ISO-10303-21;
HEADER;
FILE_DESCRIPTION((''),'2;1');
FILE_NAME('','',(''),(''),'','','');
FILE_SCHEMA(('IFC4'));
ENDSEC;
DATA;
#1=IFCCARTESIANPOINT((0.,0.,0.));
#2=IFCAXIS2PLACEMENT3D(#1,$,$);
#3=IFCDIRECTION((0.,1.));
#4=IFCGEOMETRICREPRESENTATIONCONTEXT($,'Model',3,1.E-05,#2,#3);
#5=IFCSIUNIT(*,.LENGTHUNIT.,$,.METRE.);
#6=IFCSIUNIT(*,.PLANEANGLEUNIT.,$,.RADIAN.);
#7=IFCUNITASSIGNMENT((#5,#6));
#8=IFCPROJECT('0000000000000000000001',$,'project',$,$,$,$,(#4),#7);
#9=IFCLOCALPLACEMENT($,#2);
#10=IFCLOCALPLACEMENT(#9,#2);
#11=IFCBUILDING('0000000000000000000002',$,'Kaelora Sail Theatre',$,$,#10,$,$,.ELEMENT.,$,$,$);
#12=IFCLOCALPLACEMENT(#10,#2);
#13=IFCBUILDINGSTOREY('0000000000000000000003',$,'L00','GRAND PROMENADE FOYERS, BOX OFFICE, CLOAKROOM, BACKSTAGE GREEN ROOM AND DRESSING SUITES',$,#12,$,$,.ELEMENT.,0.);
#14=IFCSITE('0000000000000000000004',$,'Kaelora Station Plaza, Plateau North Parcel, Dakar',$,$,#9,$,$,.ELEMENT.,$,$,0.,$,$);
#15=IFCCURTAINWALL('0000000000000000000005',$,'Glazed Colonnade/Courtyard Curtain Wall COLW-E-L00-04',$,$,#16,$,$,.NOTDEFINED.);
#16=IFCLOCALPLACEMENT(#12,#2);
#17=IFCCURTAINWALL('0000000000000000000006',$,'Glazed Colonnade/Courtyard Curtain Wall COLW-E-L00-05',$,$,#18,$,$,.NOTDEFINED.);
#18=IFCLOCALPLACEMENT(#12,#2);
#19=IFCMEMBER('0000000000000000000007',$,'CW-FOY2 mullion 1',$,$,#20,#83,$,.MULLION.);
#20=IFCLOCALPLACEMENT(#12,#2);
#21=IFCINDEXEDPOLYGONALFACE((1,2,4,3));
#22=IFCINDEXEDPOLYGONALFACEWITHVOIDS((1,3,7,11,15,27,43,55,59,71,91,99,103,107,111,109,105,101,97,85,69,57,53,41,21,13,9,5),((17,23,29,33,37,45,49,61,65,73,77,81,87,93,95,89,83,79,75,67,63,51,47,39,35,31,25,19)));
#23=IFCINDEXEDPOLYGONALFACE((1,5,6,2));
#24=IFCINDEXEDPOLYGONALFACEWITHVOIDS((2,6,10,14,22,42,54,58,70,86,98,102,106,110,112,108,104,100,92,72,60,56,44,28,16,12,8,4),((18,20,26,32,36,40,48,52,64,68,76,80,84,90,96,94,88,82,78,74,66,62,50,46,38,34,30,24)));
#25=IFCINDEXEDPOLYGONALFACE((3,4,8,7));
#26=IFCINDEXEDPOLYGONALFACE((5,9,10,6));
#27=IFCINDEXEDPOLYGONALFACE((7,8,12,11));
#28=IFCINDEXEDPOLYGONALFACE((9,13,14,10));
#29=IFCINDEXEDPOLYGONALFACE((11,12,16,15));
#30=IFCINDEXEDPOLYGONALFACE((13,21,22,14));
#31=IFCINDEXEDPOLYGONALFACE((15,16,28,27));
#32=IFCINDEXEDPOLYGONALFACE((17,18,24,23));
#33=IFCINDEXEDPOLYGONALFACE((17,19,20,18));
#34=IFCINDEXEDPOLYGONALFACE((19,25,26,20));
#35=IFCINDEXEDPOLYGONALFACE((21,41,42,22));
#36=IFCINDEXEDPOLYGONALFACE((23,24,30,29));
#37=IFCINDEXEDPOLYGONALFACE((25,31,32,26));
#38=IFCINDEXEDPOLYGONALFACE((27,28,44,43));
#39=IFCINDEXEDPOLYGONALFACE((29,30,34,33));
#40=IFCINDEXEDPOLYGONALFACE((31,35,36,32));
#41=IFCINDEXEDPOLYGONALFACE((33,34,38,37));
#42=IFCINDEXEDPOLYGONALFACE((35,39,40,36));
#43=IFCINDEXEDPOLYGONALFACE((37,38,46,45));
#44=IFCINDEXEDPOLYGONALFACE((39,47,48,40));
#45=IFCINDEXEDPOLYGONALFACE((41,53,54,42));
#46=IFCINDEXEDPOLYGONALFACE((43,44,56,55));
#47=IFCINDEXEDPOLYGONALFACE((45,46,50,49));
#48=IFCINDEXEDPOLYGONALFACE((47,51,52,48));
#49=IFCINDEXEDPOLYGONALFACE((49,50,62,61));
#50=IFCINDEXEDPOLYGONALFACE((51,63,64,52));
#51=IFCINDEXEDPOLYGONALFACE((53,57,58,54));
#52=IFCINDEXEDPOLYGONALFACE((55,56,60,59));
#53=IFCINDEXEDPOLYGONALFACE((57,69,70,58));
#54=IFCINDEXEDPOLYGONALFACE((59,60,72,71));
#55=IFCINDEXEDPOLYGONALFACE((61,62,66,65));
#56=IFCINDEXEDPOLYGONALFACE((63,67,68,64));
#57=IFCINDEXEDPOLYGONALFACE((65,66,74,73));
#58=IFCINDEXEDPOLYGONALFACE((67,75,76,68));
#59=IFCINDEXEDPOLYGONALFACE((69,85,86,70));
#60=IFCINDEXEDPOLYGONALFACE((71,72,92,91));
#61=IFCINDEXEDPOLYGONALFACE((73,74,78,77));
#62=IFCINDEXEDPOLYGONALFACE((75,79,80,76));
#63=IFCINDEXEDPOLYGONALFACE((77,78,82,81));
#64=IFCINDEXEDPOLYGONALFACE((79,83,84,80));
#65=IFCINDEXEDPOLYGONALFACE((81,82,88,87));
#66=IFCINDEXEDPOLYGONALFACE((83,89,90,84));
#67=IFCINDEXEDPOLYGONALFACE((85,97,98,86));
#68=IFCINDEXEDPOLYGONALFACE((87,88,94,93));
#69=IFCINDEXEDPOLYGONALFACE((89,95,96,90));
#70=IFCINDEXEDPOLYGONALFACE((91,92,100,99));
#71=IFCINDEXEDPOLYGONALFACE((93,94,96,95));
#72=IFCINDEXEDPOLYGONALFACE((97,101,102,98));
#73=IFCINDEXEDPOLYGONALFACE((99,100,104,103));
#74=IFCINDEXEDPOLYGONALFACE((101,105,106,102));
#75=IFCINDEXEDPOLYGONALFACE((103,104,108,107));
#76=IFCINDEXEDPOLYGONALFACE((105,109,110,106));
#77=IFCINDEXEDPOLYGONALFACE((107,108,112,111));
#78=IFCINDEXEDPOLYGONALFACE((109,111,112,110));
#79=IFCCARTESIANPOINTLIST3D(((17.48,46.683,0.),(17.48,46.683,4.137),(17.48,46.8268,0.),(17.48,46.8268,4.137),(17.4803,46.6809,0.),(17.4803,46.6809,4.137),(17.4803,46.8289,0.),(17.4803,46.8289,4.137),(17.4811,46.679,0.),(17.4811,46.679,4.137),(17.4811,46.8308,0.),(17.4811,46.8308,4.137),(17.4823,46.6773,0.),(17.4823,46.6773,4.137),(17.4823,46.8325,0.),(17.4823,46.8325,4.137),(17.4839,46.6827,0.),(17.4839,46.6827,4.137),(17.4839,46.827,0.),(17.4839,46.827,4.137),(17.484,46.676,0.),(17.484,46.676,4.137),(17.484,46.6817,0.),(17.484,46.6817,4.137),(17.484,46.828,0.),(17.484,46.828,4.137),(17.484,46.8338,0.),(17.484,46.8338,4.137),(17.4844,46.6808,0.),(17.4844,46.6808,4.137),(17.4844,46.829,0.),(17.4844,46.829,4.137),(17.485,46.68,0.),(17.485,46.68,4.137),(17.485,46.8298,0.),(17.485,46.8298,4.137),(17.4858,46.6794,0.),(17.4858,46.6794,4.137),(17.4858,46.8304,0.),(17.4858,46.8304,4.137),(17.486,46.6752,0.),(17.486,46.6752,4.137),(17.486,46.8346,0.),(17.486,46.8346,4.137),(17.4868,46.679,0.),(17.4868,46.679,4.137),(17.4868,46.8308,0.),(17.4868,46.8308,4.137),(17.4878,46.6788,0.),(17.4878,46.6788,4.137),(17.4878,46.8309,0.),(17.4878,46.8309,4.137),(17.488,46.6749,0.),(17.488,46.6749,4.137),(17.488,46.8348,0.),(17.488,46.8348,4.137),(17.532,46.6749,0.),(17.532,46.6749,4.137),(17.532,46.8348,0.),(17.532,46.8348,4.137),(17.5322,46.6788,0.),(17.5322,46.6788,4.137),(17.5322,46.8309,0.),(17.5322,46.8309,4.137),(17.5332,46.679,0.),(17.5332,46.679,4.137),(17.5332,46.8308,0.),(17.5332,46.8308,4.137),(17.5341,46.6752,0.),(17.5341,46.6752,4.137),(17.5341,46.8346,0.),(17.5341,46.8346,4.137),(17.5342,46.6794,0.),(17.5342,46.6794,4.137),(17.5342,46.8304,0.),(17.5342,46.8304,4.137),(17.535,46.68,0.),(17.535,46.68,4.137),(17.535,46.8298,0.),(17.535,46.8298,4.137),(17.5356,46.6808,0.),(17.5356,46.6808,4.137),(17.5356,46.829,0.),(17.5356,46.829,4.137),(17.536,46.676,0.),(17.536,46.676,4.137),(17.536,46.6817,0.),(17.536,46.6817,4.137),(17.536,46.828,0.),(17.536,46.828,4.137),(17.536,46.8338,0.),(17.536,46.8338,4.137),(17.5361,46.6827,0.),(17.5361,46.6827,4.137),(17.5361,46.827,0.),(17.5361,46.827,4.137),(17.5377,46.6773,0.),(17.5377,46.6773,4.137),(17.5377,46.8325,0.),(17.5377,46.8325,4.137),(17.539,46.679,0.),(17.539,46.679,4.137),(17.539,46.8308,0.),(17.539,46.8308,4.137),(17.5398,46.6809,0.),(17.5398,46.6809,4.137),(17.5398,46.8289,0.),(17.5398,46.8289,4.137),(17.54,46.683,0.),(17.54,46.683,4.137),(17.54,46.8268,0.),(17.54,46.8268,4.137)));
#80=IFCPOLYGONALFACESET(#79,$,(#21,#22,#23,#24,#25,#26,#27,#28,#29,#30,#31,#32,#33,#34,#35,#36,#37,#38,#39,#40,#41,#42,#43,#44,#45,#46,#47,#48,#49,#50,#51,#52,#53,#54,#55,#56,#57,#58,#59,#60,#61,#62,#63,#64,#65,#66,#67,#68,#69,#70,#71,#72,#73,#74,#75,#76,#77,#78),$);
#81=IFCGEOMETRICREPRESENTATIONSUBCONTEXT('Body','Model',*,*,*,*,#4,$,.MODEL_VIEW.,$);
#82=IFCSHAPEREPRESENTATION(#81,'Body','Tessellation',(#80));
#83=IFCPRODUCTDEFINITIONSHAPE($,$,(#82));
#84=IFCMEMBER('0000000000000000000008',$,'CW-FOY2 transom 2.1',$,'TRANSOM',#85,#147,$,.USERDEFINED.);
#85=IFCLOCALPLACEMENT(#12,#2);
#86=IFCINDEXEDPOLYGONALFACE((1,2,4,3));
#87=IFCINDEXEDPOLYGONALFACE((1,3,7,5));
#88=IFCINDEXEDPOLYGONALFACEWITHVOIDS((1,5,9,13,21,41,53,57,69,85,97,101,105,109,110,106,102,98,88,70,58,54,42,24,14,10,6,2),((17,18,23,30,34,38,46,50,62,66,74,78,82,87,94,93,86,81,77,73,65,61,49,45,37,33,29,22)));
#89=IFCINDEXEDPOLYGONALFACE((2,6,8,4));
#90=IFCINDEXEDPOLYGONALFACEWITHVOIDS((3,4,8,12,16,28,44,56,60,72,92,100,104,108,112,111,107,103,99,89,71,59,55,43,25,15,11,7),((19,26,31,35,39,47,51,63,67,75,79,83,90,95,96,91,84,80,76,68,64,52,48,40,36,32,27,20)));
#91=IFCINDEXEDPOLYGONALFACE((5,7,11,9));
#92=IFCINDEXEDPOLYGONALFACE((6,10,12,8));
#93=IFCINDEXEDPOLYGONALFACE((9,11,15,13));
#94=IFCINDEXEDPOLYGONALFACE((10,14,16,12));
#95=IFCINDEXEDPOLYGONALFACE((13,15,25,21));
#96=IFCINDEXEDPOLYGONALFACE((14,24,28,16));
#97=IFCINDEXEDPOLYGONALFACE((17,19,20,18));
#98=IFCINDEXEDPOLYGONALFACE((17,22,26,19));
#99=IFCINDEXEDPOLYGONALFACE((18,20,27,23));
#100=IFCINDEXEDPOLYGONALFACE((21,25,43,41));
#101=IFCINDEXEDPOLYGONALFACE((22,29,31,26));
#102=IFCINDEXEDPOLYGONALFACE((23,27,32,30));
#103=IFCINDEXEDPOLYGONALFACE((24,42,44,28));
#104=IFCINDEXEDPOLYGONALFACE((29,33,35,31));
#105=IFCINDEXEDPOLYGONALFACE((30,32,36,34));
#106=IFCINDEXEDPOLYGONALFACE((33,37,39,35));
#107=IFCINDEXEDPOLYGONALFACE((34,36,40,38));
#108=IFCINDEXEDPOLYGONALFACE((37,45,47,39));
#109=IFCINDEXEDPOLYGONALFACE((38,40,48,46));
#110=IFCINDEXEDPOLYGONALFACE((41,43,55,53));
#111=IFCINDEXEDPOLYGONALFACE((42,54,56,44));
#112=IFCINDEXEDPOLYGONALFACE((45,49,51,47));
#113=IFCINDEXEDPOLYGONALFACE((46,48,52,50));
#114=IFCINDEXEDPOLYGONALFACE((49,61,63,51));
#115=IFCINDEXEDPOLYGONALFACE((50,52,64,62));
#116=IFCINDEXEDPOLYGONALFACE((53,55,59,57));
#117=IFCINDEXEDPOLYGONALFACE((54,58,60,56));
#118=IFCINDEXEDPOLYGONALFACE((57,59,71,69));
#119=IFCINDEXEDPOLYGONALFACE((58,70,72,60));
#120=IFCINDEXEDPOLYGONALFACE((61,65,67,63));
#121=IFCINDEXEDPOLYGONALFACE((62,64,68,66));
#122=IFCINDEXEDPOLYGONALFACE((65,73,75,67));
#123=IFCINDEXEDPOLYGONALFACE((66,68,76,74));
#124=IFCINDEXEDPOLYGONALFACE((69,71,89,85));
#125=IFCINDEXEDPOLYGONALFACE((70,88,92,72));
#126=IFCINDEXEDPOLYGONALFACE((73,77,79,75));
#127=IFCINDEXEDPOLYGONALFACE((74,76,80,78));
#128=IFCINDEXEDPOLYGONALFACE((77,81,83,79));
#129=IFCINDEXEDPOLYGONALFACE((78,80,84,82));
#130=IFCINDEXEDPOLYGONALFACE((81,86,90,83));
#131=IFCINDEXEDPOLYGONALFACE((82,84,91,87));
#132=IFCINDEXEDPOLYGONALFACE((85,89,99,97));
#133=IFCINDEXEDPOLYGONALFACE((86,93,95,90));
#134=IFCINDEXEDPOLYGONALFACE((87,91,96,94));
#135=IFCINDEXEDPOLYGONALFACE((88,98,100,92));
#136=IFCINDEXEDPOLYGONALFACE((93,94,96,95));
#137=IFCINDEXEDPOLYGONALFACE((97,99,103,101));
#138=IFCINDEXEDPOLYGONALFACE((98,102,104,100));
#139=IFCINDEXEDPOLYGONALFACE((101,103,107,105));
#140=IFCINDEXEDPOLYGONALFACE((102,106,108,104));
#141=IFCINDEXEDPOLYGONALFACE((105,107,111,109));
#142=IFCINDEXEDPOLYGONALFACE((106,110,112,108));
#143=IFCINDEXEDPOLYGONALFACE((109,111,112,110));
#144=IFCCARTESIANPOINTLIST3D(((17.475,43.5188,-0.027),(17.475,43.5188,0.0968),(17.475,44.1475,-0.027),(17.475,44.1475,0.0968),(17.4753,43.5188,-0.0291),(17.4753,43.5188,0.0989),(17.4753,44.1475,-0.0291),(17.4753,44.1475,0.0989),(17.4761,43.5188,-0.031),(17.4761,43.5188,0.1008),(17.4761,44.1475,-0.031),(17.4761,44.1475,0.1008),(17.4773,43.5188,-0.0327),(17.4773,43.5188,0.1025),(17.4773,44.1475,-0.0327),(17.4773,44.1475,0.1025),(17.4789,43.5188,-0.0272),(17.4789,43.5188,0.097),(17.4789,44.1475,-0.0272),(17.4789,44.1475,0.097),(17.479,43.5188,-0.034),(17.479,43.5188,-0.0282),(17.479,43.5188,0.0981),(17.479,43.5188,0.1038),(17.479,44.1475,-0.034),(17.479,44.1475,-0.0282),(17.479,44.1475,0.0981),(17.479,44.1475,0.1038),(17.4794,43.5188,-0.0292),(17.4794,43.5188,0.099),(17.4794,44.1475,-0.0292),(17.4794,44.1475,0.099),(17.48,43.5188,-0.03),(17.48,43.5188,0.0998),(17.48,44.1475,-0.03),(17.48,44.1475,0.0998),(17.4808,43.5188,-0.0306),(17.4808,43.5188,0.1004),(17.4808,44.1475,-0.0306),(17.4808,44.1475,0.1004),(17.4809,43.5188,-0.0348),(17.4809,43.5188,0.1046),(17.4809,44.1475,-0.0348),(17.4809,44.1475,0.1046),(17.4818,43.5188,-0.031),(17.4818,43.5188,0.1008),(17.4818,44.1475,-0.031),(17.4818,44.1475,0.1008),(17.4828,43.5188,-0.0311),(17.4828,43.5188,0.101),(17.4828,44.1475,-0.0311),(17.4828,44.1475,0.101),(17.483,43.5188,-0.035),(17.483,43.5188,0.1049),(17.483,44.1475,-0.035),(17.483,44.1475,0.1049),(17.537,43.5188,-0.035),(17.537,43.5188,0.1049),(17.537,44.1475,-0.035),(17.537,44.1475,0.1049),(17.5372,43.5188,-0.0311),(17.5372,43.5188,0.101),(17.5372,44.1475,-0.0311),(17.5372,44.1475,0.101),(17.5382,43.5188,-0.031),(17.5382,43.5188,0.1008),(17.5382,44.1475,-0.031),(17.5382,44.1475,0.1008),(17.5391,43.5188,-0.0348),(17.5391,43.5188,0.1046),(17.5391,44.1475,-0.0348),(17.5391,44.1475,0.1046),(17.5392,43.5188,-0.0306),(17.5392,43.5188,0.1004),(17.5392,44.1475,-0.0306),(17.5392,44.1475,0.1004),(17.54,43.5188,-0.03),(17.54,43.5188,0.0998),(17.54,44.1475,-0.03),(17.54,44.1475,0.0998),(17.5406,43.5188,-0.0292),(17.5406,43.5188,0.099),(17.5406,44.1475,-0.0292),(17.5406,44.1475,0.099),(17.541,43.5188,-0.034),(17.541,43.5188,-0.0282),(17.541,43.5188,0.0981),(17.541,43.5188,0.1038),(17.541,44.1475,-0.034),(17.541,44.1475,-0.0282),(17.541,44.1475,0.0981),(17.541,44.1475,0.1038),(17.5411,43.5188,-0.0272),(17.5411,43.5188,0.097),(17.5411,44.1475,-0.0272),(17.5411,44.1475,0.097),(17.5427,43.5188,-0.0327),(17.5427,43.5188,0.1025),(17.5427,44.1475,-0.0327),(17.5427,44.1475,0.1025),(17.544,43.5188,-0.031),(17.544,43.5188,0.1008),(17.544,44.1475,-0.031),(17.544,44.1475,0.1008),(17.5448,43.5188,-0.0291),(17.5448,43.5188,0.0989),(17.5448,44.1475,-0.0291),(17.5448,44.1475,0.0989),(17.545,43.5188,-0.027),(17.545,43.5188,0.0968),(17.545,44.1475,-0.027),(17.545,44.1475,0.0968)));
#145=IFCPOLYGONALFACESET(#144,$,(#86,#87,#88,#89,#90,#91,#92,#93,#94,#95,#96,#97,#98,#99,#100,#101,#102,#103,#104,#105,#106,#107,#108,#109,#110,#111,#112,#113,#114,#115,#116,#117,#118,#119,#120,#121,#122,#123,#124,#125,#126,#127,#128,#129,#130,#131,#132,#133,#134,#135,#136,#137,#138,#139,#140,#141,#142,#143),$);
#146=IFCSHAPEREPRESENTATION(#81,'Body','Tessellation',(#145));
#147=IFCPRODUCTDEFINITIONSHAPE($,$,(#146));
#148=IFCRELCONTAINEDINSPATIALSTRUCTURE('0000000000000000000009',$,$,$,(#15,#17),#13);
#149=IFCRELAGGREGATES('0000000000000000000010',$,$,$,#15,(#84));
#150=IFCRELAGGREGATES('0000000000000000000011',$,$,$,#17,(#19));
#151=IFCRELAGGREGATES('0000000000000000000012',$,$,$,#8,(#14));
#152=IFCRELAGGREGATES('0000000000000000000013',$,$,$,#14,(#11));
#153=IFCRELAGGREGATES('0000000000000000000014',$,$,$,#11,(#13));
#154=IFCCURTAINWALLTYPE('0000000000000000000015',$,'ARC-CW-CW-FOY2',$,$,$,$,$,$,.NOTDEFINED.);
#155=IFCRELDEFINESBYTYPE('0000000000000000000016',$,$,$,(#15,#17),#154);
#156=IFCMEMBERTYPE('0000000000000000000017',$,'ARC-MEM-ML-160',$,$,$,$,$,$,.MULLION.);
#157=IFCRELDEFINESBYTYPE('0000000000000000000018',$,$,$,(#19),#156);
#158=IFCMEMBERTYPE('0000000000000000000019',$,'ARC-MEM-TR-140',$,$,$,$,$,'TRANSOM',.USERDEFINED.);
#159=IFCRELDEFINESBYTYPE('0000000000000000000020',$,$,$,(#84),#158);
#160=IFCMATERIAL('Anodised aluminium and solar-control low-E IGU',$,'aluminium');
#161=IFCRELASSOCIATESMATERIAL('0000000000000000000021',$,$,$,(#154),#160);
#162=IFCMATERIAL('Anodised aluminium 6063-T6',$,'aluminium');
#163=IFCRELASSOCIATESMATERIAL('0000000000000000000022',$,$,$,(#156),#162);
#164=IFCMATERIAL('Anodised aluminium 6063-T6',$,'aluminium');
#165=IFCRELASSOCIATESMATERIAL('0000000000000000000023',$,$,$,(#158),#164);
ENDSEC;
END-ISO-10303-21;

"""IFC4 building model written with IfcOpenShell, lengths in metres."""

from ifc_helpers import new_model, si_unit, direction, frame, origin, origin_2d, place, context, subcontext, project, spatial, hollow_rectangle, extrude, material, material_profile, profile_set, type_object, element, aggregate, save


model = new_model("IFC4")

# Units and contexts
model_context = context("Model", 3, precision=1e-05, world=origin(), true_north=direction((0.0, 1.0)))
body_context = subcontext(model_context, "Body", "Model", "MODEL_VIEW")
ifc_project = project(units=[si_unit("LENGTHUNIT", "METRE"), si_unit("PLANEANGLEUNIT", "RADIAN")], contexts=[model_context])

# Site, building, storey
site_placement = place(None, origin())
site = spatial("IfcSite", under=ifc_project, at=site_placement, Name="Kaelora Station Plaza, Plateau North Parcel, Dakar", CompositionType="ELEMENT", RefElevation=0.0)
building_placement = place(site_placement, origin())
building = spatial("IfcBuilding", under=site, at=building_placement, Name="Kaelora Sail Theatre", CompositionType="ELEMENT")
storey_placement = place(building_placement, origin())
storey = spatial("IfcBuildingStorey", under=building, at=storey_placement, Name="L00", Description="GRAND PROMENADE FOYERS, BOX OFFICE, CLOAKROOM, BACKSTAGE GREEN ROOM AND DRESSING SUITES", CompositionType="ELEMENT", Elevation=0.0)

# Curtain wall
ifc_material_1 = material(Name="Anodised aluminium and solar-control low-E IGU", Category="aluminium")
curtain_wall_type = type_object("IfcCurtainWallType", Name="ARC-CW-CW-FOY2", PredefinedType="NOTDEFINED", material=ifc_material_1)
curtain_wall_1_placement = place(storey_placement, origin())
curtain_wall_1 = element("IfcCurtainWall", 1, at=curtain_wall_1_placement, inside=storey, type_object=curtain_wall_type, Name="Glazed Colonnade/Courtyard Curtain Wall COLW-E-L00-04", PredefinedType="NOTDEFINED")
ifc_material_2 = material(Name="Anodised aluminium 6063-T6", Category="aluminium")
ifc_material_profile_1 = material_profile(ifc_material_2, hollow_rectangle(XDim=0.0601, YDim=0.1599, WallThickness=0.0039, InnerFilletRadius=0.0039, OuterFilletRadius=0.0081, at=origin_2d()), Name="ALU-MULL 60x160x4")
ifc_profile_set_1 = profile_set([ifc_material_profile_1], Name="Anodised aluminium 6063-T6")
member_type_1 = type_object("IfcMemberType", Name="ARC-MEM-ML-160", PredefinedType="MULLION", material=ifc_profile_set_1)

# Curtain wall, member
curtain_wall_2_placement = place(storey_placement, origin())
curtain_wall_2 = element("IfcCurtainWall", 2, at=curtain_wall_2_placement, inside=storey, type_object=curtain_wall_type, Name="Glazed Colonnade/Courtyard Curtain Wall COLW-E-L00-05", PredefinedType="NOTDEFINED")
member_1_placement = place(storey_placement, frame((17.51, 46.7549, 0.0), z_axis=(0.0, 0.0, 1.0), x_axis=(-1.0, 0.0, 0.0)))
member_1 = element("IfcMember", 3, at=member_1_placement, type_object=member_type_1, Name="CW-FOY2 mullion 1", PredefinedType="MULLION", context=body_context, shape_type="SweptSolid", body=[
    extrude(hollow_rectangle(XDim=0.0601, YDim=0.1599, WallThickness=0.0039, InnerFilletRadius=0.0039, OuterFilletRadius=0.0081, at=origin_2d()), origin(), (0.0, 0.0, 1.0), 4.137),
])

# Member
ifc_material_3 = material(Name="Anodised aluminium 6063-T6", Category="aluminium")
ifc_material_profile_2 = material_profile(ifc_material_3, hollow_rectangle(XDim=0.0701, YDim=0.1399, WallThickness=0.0039, InnerFilletRadius=0.0039, OuterFilletRadius=0.0081, at=origin_2d()), Name="ALU-TRAN 70x140x4")
ifc_profile_set_2 = profile_set([ifc_material_profile_2], Name="Anodised aluminium 6063-T6")
member_type_2 = type_object("IfcMemberType", Name="ARC-MEM-TR-140", ElementType="TRANSOM", PredefinedType="USERDEFINED", material=ifc_profile_set_2)
member_2_placement = place(storey_placement, frame((17.51, 43.5188, 0.0349), z_axis=(0.0, 1.0, 0.0), x_axis=(-1.0, 0.0, 0.0)))
member_2 = element("IfcMember", 4, at=member_2_placement, type_object=member_type_2, Name="CW-FOY2 transom 2.1", ObjectType="TRANSOM", PredefinedType="USERDEFINED", context=body_context, shape_type="SweptSolid", body=[
    extrude(hollow_rectangle(XDim=0.0701, YDim=0.1399, WallThickness=0.0039, InnerFilletRadius=0.0039, OuterFilletRadius=0.0081, at=origin_2d()), origin(), (0.0, 0.0, 1.0), 0.6287),
])

aggregate(curtain_wall_1, [member_2])
aggregate(curtain_wall_2, [member_1])

save(model, "model.ifc")
